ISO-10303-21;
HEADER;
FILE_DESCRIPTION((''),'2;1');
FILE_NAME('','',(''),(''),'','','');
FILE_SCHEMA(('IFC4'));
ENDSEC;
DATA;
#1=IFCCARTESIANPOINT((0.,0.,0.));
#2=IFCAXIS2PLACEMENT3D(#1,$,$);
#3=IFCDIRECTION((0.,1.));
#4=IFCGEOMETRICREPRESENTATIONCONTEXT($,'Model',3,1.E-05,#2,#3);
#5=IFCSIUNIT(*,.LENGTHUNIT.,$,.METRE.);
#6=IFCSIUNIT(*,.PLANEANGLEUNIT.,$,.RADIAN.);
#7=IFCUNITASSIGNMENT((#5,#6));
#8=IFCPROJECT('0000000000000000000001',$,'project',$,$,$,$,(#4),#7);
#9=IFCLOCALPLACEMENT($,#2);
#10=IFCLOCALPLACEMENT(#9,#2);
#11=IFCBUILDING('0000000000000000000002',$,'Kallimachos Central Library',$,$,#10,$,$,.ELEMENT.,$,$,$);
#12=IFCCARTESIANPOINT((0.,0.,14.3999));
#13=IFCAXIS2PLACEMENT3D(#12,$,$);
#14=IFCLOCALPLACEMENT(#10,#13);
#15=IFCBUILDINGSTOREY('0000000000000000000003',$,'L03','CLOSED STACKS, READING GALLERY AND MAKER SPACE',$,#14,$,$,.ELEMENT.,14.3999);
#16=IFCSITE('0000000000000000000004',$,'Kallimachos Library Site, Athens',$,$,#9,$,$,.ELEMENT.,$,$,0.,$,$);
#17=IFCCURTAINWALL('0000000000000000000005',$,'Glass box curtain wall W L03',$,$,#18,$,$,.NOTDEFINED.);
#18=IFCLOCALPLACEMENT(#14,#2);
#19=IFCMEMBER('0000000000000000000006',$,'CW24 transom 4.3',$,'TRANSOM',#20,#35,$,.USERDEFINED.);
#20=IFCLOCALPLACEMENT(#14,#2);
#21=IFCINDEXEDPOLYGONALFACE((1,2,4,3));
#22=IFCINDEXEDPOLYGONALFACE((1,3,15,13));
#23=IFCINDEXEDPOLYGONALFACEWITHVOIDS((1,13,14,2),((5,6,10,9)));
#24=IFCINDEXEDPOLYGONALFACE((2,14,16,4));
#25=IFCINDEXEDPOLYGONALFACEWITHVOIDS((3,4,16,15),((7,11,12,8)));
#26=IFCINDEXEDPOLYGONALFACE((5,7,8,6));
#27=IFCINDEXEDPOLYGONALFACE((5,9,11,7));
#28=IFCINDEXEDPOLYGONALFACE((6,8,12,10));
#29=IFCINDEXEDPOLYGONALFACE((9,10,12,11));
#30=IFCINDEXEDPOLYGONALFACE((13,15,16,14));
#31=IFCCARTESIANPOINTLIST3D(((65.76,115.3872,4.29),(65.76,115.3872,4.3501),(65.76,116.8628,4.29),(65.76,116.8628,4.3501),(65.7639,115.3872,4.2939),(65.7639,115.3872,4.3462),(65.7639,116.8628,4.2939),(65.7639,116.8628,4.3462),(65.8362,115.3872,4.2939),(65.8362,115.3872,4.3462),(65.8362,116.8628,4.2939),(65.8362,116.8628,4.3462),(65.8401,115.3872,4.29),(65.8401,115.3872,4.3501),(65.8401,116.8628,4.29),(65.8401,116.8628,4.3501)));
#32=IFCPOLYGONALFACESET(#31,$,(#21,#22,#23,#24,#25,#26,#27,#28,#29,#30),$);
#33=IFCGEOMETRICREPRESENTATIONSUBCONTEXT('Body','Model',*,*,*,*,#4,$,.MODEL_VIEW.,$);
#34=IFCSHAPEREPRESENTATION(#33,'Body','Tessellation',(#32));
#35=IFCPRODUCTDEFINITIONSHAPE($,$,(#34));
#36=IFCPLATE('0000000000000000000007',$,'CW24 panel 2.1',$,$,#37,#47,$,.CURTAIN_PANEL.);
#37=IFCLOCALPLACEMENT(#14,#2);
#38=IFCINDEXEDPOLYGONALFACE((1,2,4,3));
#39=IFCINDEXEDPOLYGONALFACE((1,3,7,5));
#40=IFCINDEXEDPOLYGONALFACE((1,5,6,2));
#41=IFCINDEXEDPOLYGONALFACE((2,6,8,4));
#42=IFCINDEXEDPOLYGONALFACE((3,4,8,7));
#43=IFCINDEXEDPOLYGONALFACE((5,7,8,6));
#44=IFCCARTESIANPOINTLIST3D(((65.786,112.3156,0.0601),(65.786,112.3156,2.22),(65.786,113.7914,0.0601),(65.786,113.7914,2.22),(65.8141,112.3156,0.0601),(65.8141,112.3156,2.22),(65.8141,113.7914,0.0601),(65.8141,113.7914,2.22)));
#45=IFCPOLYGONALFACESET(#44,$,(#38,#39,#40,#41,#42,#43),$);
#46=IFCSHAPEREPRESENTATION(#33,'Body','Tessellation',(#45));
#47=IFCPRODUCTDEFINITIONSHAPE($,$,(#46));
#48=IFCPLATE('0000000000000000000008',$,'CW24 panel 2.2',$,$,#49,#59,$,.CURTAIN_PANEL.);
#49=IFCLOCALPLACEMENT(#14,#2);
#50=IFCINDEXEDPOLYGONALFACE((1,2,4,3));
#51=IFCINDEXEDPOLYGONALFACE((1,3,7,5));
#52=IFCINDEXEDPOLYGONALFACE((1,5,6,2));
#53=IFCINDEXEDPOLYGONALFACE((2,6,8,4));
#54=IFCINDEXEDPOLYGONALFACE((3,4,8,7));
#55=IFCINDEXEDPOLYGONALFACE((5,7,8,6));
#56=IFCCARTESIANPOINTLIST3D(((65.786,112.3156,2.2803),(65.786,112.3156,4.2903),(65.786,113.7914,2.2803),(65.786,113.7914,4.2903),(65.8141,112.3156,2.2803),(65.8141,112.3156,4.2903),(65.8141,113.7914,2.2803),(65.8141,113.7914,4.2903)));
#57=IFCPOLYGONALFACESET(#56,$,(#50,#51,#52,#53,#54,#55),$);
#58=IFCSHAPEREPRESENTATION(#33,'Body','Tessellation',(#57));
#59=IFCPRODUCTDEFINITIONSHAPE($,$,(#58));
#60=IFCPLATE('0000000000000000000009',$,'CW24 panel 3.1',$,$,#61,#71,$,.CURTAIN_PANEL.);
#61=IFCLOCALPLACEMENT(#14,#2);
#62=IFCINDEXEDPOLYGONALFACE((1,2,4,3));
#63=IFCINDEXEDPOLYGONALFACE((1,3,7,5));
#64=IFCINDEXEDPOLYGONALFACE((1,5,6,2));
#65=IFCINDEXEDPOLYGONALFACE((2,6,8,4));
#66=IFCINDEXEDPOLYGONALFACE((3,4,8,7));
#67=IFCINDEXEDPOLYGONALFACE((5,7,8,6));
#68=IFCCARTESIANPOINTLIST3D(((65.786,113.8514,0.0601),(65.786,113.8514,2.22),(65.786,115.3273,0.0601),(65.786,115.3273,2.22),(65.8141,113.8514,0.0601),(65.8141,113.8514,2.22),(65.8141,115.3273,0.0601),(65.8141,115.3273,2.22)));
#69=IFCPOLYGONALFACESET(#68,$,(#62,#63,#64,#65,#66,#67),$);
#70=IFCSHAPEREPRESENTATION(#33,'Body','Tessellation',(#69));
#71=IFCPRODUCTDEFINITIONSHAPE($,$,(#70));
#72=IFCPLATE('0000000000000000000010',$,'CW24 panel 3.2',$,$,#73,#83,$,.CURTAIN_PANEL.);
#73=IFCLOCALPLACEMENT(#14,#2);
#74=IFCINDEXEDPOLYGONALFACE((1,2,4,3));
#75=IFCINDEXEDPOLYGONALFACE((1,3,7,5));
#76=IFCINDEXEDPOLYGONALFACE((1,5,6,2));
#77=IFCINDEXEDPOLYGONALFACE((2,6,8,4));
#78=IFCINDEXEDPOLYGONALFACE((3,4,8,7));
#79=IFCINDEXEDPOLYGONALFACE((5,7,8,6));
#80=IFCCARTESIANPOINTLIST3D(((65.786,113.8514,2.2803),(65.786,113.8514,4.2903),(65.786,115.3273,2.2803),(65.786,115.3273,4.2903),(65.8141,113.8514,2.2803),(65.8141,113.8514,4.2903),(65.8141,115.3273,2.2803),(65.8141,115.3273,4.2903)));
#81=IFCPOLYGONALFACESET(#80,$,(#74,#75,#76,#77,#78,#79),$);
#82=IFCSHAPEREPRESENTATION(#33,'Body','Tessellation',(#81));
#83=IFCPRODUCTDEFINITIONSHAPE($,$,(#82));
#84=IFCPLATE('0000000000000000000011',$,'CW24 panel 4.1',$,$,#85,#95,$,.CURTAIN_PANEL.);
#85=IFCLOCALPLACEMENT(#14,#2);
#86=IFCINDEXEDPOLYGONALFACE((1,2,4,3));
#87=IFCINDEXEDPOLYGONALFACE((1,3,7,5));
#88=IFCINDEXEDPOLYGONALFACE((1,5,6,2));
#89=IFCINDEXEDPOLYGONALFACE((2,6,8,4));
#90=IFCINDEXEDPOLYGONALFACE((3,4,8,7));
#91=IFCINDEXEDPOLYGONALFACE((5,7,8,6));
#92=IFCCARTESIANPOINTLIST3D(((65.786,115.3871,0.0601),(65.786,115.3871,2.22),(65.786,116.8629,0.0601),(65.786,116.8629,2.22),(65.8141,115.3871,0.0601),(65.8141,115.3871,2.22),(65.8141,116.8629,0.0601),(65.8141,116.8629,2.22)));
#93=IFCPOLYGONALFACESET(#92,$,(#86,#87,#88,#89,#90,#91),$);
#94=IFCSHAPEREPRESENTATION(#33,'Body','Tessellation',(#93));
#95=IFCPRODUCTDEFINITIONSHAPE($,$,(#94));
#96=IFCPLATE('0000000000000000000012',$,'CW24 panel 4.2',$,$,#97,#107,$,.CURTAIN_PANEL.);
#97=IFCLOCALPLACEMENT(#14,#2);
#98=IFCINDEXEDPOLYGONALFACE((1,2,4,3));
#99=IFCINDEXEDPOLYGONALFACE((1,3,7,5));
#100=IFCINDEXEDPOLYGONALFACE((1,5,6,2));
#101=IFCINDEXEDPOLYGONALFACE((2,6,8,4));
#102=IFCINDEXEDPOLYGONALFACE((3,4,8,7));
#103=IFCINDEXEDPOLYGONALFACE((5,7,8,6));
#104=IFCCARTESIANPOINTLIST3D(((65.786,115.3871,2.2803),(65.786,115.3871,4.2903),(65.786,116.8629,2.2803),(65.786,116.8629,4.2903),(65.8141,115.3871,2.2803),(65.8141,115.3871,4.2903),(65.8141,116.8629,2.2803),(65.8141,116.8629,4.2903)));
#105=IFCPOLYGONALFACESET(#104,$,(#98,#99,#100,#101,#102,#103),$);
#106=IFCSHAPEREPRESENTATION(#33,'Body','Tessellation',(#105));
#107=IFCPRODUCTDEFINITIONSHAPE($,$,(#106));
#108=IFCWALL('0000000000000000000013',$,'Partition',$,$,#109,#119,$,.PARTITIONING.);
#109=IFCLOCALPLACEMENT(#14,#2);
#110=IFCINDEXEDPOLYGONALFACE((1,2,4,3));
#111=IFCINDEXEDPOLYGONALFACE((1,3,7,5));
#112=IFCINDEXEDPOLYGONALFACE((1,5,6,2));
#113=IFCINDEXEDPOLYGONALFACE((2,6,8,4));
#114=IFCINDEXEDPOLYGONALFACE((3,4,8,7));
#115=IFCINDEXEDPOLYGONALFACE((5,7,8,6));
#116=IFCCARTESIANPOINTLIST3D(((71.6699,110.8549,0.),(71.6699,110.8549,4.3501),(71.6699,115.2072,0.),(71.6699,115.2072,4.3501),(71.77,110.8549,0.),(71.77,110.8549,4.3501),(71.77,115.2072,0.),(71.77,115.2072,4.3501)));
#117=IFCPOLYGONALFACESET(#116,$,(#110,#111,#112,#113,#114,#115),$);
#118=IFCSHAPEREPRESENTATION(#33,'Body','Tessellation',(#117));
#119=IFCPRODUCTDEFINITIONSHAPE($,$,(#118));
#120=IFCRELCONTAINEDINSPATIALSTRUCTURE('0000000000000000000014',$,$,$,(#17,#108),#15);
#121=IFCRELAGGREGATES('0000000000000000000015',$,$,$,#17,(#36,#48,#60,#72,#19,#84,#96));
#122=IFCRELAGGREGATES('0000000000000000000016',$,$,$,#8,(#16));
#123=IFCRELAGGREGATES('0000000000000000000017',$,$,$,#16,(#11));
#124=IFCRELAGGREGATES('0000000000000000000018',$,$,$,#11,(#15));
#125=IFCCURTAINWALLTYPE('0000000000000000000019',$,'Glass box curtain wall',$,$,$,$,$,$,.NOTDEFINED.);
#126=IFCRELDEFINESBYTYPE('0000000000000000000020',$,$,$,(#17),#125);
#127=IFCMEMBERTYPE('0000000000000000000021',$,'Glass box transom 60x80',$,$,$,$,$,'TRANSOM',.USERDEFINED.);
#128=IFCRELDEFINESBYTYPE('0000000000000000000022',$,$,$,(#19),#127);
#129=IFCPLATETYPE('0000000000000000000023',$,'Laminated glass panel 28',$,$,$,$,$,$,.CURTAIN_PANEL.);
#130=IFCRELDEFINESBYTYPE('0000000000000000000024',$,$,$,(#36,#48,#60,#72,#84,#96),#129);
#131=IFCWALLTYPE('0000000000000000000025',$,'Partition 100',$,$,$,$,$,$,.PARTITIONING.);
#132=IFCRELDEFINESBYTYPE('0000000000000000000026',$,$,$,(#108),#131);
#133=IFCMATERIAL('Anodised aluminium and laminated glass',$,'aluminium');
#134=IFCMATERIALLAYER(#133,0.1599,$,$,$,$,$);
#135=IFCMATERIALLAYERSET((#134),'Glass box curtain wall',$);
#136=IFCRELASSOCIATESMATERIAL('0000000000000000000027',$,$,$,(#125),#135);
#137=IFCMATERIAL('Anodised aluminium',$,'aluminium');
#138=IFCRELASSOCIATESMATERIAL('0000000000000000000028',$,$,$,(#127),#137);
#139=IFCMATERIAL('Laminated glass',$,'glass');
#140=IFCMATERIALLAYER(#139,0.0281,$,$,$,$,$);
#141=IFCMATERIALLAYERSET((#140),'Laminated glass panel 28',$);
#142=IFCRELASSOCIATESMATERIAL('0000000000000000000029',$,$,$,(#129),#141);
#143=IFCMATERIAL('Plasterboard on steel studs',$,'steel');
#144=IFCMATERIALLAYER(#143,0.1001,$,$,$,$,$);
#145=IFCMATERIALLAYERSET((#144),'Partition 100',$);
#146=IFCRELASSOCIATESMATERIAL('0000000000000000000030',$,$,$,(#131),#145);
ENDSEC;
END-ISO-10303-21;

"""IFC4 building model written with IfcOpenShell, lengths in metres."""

from ifc_helpers import new_model, si_unit, direction, frame, frame_2d, origin, origin_2d, place, context, subcontext, project, spatial, rectangle, hollow_rectangle, extrude, material, layer, layer_set, material_profile, profile_set, type_object, element, aggregate, save


model = new_model("IFC4")

# Units and contexts
model_context = context("Model", 3, precision=1e-05, world=origin(), true_north=direction((0.0, 1.0)))
body_context = subcontext(model_context, "Body", "Model", "MODEL_VIEW")
ifc_project = project(units=[si_unit("LENGTHUNIT", "METRE"), si_unit("PLANEANGLEUNIT", "RADIAN")], contexts=[model_context])

# Site, building, storey
site_placement = place(None, origin())
site = spatial("IfcSite", under=ifc_project, at=site_placement, Name="Kallimachos Library Site, Athens", CompositionType="ELEMENT", RefElevation=0.0)
building_placement = place(site_placement, origin())
building = spatial("IfcBuilding", under=site, at=building_placement, Name="Kallimachos Central Library", CompositionType="ELEMENT")
storey_placement = place(building_placement, frame((0.0, 0.0, 14.3999)))
storey = spatial("IfcBuildingStorey", under=building, at=storey_placement, Name="L03", Description="CLOSED STACKS, READING GALLERY AND MAKER SPACE", CompositionType="ELEMENT", Elevation=14.3999)

# Curtain wall, member, plates
ifc_material_1 = material(Name="Anodised aluminium and laminated glass", Category="aluminium")
ifc_layer_1 = layer(ifc_material_1, 0.1599)
ifc_layer_set_1 = layer_set([ifc_layer_1], Name="Glass box curtain wall")
curtain_wall_type = type_object("IfcCurtainWallType", Name="Glass box curtain wall", PredefinedType="NOTDEFINED", material=ifc_layer_set_1)
curtain_wall_placement = place(storey_placement, origin())
curtain_wall = element("IfcCurtainWall", 1, at=curtain_wall_placement, inside=storey, type_object=curtain_wall_type, Name="Glass box curtain wall W L03", PredefinedType="NOTDEFINED")
ifc_material_2 = material(Name="Anodised aluminium", Category="aluminium")
ifc_material_profile_1 = material_profile(ifc_material_2, hollow_rectangle(XDim=0.0601, YDim=0.0801, WallThickness=0.0039, at=origin_2d()), Name="ALU TRANSOM 60x80")
ifc_profile_set_1 = profile_set([ifc_material_profile_1], Name="Anodised aluminium")
member_type_1 = type_object("IfcMemberType", Name="Glass box transom 60x80", ElementType="TRANSOM", PredefinedType="USERDEFINED", material=ifc_profile_set_1)
member_1_placement = place(storey_placement, frame((65.8, 115.3872, 4.3201), z_axis=(0.0, 1.0, 0.0), x_axis=(0.0, 0.0, 1.0)))
member_1 = element("IfcMember", 2, at=member_1_placement, type_object=member_type_1, Name="CW24 transom 4.3", ObjectType="TRANSOM", PredefinedType="USERDEFINED", context=body_context, shape_type="SweptSolid", body=[
    extrude(hollow_rectangle(XDim=0.0601, YDim=0.0801, WallThickness=0.0039, at=origin_2d()), origin(), (0.0, 0.0, 1.0), 1.4756),
])
ifc_material_3 = material(Name="Laminated glass", Category="glass")
ifc_layer_2 = layer(ifc_material_3, 0.0281)
ifc_layer_set_2 = layer_set([ifc_layer_2], Name="Laminated glass panel 28")
plate_type = type_object("IfcPlateType", Name="Laminated glass panel 28", PredefinedType="CURTAIN_PANEL", material=ifc_layer_set_2)
plate_1_placement = place(storey_placement, frame((65.8, 113.0535, 0.0601), z_axis=(0.0, 0.0, 1.0), x_axis=(0.0, 1.0, 0.0)))
plate_1 = element("IfcPlate", 3, at=plate_1_placement, type_object=plate_type, Name="CW24 panel 2.1", PredefinedType="CURTAIN_PANEL", context=body_context, shape_type="SweptSolid", body=[
    extrude(rectangle(XDim=1.4758, YDim=0.0281, at=origin_2d()), origin(), (0.0, 0.0, 1.0), 2.1599),
])
plate_2_placement = place(storey_placement, frame((65.8, 113.0535, 2.2803), z_axis=(0.0, 0.0, 1.0), x_axis=(0.0, 1.0, 0.0)))
plate_2 = element("IfcPlate", 4, at=plate_2_placement, type_object=plate_type, Name="CW24 panel 2.2", PredefinedType="CURTAIN_PANEL", context=body_context, shape_type="SweptSolid", body=[
    extrude(rectangle(XDim=1.4758, YDim=0.0281, at=origin_2d()), origin(), (0.0, 0.0, 1.0), 2.01),
])
plate_3_placement = place(storey_placement, frame((65.8, 114.5894, 0.0601), z_axis=(0.0, 0.0, 1.0), x_axis=(0.0, 1.0, 0.0)))
plate_3 = element("IfcPlate", 5, at=plate_3_placement, type_object=plate_type, Name="CW24 panel 3.1", PredefinedType="CURTAIN_PANEL", context=body_context, shape_type="SweptSolid", body=[
    extrude(rectangle(XDim=1.4758, YDim=0.0281, at=origin_2d()), origin(), (0.0, 0.0, 1.0), 2.1599),
])
plate_4_placement = place(storey_placement, frame((65.8, 114.5894, 2.2803), z_axis=(0.0, 0.0, 1.0), x_axis=(0.0, 1.0, 0.0)))
plate_4 = element("IfcPlate", 6, at=plate_4_placement, type_object=plate_type, Name="CW24 panel 3.2", PredefinedType="CURTAIN_PANEL", context=body_context, shape_type="SweptSolid", body=[
    extrude(rectangle(XDim=1.4758, YDim=0.0281, at=origin_2d()), origin(), (0.0, 0.0, 1.0), 2.01),
])
plate_5_placement = place(storey_placement, frame((65.8, 116.125, 0.0601), z_axis=(0.0, 0.0, 1.0), x_axis=(0.0, 1.0, 0.0)))
plate_5 = element("IfcPlate", 7, at=plate_5_placement, type_object=plate_type, Name="CW24 panel 4.1", PredefinedType="CURTAIN_PANEL", context=body_context, shape_type="SweptSolid", body=[
    extrude(rectangle(XDim=1.4758, YDim=0.0281, at=origin_2d()), origin(), (0.0, 0.0, 1.0), 2.1599),
])
plate_6_placement = place(storey_placement, frame((65.8, 116.125, 2.2803), z_axis=(0.0, 0.0, 1.0), x_axis=(0.0, 1.0, 0.0)))
plate_6 = element("IfcPlate", 8, at=plate_6_placement, type_object=plate_type, Name="CW24 panel 4.2", PredefinedType="CURTAIN_PANEL", context=body_context, shape_type="SweptSolid", body=[
    extrude(rectangle(XDim=1.4758, YDim=0.0281, at=origin_2d()), origin(), (0.0, 0.0, 1.0), 2.01),
])
aggregate(curtain_wall, [plate_1, plate_2, plate_3, plate_4, member_1, plate_5, plate_6])

# Wall
ifc_material_4 = material(Name="Plasterboard on steel studs", Category="steel")
ifc_layer_3 = layer(ifc_material_4, 0.1001)
ifc_layer_set_3 = layer_set([ifc_layer_3], Name="Partition 100")
wall_type = type_object("IfcWallType", Name="Partition 100", PredefinedType="PARTITIONING", material=ifc_layer_set_3)
wall_placement = place(storey_placement, frame((71.72, 115.2073, 0.0), z_axis=(0.0, 0.0, 1.0), x_axis=(0.0, -1.0, 0.0)))
element("IfcWall", 9, at=wall_placement, inside=storey, type_object=wall_type, Name="Partition", PredefinedType="PARTITIONING", context=body_context, shape_type="SweptSolid", body=[
    extrude(rectangle(XDim=4.3523, YDim=0.1001, at=frame_2d((2.1763, 0.0))), origin(), (0.0, 0.0, 1.0), 4.3501),
])

save(model, "model.ifc")
